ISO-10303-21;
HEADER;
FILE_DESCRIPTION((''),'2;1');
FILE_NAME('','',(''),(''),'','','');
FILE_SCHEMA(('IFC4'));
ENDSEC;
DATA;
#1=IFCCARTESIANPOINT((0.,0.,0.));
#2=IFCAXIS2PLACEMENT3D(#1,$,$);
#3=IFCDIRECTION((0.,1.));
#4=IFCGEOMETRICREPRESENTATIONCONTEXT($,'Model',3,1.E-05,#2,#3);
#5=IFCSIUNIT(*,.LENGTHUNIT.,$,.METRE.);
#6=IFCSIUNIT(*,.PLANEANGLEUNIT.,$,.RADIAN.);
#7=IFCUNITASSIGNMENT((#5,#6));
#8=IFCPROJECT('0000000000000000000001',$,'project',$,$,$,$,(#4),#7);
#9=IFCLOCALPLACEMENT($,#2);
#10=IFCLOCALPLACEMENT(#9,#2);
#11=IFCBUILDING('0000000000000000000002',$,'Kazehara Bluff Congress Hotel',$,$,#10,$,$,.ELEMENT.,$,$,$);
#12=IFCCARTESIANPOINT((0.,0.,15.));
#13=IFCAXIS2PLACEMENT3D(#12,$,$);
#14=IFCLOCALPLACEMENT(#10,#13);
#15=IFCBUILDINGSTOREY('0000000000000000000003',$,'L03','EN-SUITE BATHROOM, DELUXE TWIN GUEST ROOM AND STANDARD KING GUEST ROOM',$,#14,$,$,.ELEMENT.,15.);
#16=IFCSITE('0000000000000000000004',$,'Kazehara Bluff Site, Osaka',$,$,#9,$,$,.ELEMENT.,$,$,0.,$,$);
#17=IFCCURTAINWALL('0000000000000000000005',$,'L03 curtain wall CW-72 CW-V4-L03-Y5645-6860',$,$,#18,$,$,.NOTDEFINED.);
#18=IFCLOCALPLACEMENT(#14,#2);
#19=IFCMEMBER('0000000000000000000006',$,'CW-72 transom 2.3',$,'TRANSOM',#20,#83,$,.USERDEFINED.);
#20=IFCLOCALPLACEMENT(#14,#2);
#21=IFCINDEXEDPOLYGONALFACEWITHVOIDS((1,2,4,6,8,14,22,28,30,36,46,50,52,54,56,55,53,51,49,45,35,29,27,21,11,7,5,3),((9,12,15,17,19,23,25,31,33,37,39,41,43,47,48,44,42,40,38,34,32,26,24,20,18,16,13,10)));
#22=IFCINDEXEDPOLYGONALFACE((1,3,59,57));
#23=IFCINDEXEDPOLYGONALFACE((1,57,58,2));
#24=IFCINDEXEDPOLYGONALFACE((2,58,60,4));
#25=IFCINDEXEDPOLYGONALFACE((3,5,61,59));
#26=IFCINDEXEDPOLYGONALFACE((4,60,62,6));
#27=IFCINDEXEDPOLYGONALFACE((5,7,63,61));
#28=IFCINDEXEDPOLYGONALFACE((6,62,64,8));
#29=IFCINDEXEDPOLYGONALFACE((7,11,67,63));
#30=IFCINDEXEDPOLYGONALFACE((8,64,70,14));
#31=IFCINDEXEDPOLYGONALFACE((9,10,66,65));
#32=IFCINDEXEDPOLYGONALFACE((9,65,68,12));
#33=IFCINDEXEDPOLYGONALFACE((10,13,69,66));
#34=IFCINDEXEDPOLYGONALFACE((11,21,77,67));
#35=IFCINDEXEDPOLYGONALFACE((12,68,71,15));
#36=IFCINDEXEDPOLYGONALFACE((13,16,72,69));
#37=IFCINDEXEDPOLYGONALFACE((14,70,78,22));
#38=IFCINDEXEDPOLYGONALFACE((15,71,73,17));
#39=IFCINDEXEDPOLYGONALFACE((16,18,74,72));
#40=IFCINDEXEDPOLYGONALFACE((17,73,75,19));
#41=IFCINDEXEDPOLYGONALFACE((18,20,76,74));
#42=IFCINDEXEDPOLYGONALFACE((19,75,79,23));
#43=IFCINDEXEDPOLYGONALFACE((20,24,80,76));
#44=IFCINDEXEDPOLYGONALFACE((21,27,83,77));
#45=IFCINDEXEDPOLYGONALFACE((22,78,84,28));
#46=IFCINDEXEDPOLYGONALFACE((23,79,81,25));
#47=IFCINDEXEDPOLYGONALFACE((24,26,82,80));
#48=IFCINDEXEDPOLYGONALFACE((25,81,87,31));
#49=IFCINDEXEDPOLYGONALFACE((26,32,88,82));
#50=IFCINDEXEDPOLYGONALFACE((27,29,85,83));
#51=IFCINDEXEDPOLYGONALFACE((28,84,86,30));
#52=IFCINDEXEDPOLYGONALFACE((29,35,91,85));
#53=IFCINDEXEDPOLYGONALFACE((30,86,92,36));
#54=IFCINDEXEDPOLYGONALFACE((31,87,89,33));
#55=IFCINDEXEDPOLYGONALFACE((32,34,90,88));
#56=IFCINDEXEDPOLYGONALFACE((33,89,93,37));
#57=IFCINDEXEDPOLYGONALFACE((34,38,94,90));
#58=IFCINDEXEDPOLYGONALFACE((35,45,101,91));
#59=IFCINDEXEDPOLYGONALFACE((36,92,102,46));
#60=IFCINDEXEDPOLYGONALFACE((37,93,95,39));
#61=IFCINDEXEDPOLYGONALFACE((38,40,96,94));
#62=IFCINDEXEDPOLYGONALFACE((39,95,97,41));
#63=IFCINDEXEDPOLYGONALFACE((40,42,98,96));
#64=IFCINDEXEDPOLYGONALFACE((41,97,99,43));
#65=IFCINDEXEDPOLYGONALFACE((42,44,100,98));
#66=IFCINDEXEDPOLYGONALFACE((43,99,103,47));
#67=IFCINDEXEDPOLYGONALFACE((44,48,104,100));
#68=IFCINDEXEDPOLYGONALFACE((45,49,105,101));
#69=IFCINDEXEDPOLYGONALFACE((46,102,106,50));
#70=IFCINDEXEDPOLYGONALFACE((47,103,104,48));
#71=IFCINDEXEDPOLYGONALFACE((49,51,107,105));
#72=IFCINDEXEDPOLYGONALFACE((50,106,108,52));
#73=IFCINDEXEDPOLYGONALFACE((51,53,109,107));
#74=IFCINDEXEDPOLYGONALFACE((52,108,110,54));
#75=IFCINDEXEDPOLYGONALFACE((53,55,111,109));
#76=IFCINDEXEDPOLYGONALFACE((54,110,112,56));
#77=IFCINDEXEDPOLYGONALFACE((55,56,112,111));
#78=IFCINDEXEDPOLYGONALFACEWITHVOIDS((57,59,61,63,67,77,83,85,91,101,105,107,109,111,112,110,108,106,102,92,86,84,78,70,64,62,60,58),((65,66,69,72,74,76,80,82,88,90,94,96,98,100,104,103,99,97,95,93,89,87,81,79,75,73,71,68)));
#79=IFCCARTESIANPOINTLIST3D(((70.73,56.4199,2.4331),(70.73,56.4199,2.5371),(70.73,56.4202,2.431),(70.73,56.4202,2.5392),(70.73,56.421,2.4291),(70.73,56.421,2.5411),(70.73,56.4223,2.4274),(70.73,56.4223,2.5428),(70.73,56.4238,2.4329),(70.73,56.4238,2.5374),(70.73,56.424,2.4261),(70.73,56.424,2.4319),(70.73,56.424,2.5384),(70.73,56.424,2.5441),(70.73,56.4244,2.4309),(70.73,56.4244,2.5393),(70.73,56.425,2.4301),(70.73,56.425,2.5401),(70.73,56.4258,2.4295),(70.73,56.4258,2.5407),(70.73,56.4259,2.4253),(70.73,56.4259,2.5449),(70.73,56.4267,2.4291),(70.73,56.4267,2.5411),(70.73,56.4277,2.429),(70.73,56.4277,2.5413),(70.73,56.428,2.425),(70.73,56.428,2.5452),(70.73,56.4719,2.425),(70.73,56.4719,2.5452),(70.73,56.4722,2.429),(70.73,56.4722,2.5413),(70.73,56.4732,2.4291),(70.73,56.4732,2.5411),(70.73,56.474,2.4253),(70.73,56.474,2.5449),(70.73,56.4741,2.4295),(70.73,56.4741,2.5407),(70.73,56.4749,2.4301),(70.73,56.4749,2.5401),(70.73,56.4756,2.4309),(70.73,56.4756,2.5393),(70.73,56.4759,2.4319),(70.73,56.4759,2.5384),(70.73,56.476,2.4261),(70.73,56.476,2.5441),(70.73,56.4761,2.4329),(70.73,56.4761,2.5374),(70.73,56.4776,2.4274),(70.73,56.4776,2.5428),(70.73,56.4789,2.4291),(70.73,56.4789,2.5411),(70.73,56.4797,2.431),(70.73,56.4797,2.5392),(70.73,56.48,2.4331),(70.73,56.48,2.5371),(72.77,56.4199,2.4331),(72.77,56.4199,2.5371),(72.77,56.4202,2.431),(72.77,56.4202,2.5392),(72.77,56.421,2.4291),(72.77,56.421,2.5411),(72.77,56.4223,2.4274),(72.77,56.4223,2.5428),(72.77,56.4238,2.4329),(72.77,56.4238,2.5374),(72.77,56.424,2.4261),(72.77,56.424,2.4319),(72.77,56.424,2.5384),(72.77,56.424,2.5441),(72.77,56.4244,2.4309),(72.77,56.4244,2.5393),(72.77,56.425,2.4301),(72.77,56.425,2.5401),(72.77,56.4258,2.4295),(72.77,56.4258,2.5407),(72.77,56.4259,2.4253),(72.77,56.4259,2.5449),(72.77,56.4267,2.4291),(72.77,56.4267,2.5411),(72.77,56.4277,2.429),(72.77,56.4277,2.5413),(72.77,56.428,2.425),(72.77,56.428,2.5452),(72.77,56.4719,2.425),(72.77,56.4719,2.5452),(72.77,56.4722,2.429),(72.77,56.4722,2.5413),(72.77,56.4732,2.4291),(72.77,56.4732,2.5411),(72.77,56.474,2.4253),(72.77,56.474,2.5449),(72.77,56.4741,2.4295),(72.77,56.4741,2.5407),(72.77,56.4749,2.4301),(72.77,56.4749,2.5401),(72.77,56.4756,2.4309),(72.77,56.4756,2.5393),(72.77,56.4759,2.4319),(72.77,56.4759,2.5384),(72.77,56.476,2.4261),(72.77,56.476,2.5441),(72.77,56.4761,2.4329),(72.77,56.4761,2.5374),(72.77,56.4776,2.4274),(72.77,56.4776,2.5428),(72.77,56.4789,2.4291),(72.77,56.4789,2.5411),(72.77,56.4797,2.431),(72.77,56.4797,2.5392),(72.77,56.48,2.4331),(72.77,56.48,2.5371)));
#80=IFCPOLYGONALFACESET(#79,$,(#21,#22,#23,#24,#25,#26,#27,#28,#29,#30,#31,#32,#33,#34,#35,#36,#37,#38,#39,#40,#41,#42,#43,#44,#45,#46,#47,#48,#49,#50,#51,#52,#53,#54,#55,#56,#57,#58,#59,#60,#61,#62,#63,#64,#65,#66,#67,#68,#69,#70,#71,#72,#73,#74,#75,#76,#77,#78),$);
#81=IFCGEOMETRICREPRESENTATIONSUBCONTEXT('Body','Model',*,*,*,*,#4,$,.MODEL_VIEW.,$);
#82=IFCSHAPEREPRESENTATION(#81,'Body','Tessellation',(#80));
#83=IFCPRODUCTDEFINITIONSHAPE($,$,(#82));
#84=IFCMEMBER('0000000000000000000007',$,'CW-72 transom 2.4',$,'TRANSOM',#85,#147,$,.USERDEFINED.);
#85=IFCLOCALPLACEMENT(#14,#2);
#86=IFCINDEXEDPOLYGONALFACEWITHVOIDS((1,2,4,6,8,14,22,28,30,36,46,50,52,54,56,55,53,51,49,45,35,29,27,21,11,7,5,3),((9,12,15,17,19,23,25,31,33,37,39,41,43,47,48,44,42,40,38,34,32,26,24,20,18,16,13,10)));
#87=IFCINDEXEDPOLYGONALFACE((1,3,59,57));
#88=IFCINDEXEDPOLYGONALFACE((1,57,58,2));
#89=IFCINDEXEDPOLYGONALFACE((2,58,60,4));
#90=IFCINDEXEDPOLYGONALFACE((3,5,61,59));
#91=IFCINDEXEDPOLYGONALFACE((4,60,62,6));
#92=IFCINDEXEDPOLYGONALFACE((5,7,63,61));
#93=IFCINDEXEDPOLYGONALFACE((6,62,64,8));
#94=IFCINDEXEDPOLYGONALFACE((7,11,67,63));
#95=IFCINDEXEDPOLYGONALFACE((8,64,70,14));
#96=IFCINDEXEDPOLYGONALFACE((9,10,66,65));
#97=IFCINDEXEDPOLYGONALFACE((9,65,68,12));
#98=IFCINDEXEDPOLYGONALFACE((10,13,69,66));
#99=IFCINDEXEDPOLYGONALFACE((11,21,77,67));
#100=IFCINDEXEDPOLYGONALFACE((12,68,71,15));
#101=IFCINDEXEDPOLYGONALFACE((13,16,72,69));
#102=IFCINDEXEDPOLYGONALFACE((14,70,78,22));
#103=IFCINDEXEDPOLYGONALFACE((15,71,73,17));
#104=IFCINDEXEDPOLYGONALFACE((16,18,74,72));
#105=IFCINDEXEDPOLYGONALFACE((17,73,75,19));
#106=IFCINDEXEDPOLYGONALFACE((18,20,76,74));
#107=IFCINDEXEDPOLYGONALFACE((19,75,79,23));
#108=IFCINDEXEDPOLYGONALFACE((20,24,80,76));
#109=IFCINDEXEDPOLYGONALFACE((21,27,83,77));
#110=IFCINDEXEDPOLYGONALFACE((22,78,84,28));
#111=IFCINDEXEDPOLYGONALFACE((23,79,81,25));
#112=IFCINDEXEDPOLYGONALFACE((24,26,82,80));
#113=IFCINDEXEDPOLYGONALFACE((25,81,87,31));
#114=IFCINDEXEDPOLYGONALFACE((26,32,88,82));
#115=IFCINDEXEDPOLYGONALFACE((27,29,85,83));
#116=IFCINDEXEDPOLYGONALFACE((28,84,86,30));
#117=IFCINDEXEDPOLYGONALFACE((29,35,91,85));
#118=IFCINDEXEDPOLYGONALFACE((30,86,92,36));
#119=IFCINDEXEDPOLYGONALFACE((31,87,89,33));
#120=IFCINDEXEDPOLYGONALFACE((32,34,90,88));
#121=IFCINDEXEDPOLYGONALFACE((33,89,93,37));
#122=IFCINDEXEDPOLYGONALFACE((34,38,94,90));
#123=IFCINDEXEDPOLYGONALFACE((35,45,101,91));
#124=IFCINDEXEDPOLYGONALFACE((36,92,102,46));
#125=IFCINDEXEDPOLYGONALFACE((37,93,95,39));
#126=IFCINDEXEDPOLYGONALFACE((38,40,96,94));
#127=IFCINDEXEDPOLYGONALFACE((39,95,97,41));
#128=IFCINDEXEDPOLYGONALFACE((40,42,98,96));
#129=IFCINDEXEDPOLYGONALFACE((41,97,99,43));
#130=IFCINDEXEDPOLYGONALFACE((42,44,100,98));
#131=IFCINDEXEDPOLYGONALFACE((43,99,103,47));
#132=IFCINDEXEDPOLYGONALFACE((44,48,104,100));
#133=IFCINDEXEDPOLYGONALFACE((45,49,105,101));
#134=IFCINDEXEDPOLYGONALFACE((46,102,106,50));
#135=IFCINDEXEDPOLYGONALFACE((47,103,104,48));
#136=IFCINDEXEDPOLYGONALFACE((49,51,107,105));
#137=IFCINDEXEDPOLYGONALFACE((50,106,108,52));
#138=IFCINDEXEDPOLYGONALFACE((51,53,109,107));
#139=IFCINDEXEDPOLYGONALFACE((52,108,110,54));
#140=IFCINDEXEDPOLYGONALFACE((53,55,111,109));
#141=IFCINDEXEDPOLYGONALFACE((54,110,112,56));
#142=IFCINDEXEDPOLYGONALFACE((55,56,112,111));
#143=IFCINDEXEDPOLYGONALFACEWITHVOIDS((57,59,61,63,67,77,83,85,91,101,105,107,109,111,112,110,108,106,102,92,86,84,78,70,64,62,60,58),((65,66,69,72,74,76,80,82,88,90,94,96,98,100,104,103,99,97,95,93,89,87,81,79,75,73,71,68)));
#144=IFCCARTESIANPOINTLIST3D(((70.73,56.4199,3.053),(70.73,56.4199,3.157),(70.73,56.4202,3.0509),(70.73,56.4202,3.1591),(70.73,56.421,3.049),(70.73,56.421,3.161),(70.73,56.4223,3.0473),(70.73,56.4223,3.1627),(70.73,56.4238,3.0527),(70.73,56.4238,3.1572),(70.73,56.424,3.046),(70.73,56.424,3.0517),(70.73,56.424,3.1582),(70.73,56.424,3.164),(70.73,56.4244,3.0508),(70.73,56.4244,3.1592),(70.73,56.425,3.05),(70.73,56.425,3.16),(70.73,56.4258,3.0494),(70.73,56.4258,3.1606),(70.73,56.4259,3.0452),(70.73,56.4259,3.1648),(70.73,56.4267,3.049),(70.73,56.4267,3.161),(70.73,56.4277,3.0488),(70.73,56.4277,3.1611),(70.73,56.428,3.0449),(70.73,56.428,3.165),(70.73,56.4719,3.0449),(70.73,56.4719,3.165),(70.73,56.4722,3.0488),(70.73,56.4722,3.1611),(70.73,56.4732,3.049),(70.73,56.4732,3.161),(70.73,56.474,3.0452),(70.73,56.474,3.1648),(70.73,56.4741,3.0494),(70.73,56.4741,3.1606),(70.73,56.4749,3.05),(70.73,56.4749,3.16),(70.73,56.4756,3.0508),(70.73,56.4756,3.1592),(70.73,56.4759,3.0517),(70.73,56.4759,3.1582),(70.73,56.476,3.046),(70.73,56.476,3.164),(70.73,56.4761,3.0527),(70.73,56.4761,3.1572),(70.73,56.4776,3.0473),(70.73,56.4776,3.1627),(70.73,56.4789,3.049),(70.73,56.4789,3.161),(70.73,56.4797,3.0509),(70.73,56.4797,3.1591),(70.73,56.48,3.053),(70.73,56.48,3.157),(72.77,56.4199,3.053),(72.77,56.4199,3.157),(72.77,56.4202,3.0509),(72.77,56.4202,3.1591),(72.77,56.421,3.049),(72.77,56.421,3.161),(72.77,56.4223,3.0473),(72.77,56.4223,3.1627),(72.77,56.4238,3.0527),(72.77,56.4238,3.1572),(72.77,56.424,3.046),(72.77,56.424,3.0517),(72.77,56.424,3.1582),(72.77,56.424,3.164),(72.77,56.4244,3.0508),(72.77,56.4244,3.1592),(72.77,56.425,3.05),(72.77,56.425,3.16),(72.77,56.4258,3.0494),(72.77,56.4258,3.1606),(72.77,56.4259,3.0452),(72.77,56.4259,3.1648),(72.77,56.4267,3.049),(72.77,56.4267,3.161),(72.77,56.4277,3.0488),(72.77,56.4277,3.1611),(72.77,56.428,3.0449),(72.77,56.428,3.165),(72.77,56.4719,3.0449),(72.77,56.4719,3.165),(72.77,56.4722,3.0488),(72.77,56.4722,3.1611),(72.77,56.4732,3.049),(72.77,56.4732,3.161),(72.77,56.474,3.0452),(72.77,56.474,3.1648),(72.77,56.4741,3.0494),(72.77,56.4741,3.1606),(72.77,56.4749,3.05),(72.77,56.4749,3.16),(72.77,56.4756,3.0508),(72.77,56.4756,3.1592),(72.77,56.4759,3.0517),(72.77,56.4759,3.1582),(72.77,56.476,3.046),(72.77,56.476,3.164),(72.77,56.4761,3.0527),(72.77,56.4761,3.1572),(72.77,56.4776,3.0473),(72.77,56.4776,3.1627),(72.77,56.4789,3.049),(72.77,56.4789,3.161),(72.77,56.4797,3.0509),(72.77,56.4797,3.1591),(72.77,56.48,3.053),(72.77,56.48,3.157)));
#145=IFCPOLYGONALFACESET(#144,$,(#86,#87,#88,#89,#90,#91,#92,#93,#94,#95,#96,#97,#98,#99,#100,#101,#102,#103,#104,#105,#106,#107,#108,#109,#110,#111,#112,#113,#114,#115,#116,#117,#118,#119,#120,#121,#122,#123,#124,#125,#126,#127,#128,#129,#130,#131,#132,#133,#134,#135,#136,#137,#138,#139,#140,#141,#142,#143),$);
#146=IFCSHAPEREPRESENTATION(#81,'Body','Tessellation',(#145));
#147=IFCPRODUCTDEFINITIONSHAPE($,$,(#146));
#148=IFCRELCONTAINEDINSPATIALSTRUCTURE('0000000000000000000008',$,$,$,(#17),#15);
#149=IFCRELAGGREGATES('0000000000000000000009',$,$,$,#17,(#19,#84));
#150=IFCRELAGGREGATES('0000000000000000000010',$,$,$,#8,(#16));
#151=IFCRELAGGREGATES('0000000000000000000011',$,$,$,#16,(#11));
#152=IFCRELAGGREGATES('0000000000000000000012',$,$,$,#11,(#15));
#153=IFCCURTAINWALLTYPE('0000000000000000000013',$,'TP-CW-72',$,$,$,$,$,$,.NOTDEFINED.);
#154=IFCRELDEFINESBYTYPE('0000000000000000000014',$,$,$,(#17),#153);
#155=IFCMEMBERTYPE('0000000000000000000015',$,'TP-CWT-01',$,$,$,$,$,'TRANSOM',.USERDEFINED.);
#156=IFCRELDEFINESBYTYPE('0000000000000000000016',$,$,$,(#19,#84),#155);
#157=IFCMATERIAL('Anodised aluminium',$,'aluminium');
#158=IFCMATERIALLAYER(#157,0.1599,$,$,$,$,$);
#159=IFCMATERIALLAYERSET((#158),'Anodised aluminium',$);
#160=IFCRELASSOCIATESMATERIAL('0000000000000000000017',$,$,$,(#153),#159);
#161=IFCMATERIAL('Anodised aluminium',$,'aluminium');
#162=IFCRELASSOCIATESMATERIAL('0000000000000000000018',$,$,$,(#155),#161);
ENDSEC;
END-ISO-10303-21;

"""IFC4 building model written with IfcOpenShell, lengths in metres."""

from ifc_helpers import new_model, si_unit, direction, frame, origin, origin_2d, place, context, subcontext, project, spatial, hollow_rectangle, extrude, material, layer, layer_set, material_profile, profile_set, type_object, element, aggregate, save


model = new_model("IFC4")

# Units and contexts
model_context = context("Model", 3, precision=1e-05, world=origin(), true_north=direction((0.0, 1.0)))
body_context = subcontext(model_context, "Body", "Model", "MODEL_VIEW")
ifc_project = project(units=[si_unit("LENGTHUNIT", "METRE"), si_unit("PLANEANGLEUNIT", "RADIAN")], contexts=[model_context])

# Site, building, storey
site_placement = place(None, origin())
site = spatial("IfcSite", under=ifc_project, at=site_placement, Name="Kazehara Bluff Site, Osaka", CompositionType="ELEMENT", RefElevation=0.0)
building_placement = place(site_placement, origin())
building = spatial("IfcBuilding", under=site, at=building_placement, Name="Kazehara Bluff Congress Hotel", CompositionType="ELEMENT")
storey_placement = place(building_placement, frame((0.0, 0.0, 15.0)))
storey = spatial("IfcBuildingStorey", under=building, at=storey_placement, Name="L03", Description="EN-SUITE BATHROOM, DELUXE TWIN GUEST ROOM AND STANDARD KING GUEST ROOM", CompositionType="ELEMENT", Elevation=15.0)

# Curtain wall
ifc_material_1 = material(Name="Anodised aluminium", Category="aluminium")
ifc_layer_1 = layer(ifc_material_1, 0.1599)
ifc_layer_set_1 = layer_set([ifc_layer_1], Name="Anodised aluminium")
curtain_wall_type_1 = type_object("IfcCurtainWallType", Name="TP-CW-72", PredefinedType="NOTDEFINED", material=ifc_layer_set_1)
curtain_wall_1_placement = place(storey_placement, origin())
curtain_wall_1 = element("IfcCurtainWall", 1, at=curtain_wall_1_placement, inside=storey, type_object=curtain_wall_type_1, Name="L03 curtain wall CW-72 CW-V4-L03-Y5645-6860", PredefinedType="NOTDEFINED")

# Members
ifc_material_2 = material(Name="Anodised aluminium", Category="aluminium")
ifc_material_profile_1 = material_profile(ifc_material_2, hollow_rectangle(XDim=0.0601, YDim=0.1201, WallThickness=0.0039, InnerFilletRadius=0.0039, OuterFilletRadius=0.0081, at=origin_2d()))
ifc_profile_set_1 = profile_set([ifc_material_profile_1], Name="Anodised aluminium")
member_type_1 = type_object("IfcMemberType", Name="TP-CWT-01", ElementType="TRANSOM", PredefinedType="USERDEFINED", material=ifc_profile_set_1)
member_1_placement = place(storey_placement, frame((70.73, 56.45, 2.4851), z_axis=(1.0, 0.0, 0.0), x_axis=(0.0, 1.0, 0.0)))
member_1 = element("IfcMember", 2, at=member_1_placement, type_object=member_type_1, Name="CW-72 transom 2.3", ObjectType="TRANSOM", PredefinedType="USERDEFINED", context=body_context, shape_type="SweptSolid", body=[
    extrude(hollow_rectangle(XDim=0.0601, YDim=0.1201, WallThickness=0.0039, InnerFilletRadius=0.0039, OuterFilletRadius=0.0081, at=origin_2d()), origin(), (0.0, 0.0, 1.0), 2.04),
])
member_2_placement = place(storey_placement, frame((70.73, 56.45, 3.105), z_axis=(1.0, 0.0, 0.0), x_axis=(0.0, 1.0, 0.0)))
member_2 = element("IfcMember", 3, at=member_2_placement, type_object=member_type_1, Name="CW-72 transom 2.4", ObjectType="TRANSOM", PredefinedType="USERDEFINED", context=body_context, shape_type="SweptSolid", body=[
    extrude(hollow_rectangle(XDim=0.0601, YDim=0.1201, WallThickness=0.0039, InnerFilletRadius=0.0039, OuterFilletRadius=0.0081, at=origin_2d()), origin(), (0.0, 0.0, 1.0), 2.04),
])

aggregate(curtain_wall_1, [member_1, member_2])

save(model, "model.ifc")
